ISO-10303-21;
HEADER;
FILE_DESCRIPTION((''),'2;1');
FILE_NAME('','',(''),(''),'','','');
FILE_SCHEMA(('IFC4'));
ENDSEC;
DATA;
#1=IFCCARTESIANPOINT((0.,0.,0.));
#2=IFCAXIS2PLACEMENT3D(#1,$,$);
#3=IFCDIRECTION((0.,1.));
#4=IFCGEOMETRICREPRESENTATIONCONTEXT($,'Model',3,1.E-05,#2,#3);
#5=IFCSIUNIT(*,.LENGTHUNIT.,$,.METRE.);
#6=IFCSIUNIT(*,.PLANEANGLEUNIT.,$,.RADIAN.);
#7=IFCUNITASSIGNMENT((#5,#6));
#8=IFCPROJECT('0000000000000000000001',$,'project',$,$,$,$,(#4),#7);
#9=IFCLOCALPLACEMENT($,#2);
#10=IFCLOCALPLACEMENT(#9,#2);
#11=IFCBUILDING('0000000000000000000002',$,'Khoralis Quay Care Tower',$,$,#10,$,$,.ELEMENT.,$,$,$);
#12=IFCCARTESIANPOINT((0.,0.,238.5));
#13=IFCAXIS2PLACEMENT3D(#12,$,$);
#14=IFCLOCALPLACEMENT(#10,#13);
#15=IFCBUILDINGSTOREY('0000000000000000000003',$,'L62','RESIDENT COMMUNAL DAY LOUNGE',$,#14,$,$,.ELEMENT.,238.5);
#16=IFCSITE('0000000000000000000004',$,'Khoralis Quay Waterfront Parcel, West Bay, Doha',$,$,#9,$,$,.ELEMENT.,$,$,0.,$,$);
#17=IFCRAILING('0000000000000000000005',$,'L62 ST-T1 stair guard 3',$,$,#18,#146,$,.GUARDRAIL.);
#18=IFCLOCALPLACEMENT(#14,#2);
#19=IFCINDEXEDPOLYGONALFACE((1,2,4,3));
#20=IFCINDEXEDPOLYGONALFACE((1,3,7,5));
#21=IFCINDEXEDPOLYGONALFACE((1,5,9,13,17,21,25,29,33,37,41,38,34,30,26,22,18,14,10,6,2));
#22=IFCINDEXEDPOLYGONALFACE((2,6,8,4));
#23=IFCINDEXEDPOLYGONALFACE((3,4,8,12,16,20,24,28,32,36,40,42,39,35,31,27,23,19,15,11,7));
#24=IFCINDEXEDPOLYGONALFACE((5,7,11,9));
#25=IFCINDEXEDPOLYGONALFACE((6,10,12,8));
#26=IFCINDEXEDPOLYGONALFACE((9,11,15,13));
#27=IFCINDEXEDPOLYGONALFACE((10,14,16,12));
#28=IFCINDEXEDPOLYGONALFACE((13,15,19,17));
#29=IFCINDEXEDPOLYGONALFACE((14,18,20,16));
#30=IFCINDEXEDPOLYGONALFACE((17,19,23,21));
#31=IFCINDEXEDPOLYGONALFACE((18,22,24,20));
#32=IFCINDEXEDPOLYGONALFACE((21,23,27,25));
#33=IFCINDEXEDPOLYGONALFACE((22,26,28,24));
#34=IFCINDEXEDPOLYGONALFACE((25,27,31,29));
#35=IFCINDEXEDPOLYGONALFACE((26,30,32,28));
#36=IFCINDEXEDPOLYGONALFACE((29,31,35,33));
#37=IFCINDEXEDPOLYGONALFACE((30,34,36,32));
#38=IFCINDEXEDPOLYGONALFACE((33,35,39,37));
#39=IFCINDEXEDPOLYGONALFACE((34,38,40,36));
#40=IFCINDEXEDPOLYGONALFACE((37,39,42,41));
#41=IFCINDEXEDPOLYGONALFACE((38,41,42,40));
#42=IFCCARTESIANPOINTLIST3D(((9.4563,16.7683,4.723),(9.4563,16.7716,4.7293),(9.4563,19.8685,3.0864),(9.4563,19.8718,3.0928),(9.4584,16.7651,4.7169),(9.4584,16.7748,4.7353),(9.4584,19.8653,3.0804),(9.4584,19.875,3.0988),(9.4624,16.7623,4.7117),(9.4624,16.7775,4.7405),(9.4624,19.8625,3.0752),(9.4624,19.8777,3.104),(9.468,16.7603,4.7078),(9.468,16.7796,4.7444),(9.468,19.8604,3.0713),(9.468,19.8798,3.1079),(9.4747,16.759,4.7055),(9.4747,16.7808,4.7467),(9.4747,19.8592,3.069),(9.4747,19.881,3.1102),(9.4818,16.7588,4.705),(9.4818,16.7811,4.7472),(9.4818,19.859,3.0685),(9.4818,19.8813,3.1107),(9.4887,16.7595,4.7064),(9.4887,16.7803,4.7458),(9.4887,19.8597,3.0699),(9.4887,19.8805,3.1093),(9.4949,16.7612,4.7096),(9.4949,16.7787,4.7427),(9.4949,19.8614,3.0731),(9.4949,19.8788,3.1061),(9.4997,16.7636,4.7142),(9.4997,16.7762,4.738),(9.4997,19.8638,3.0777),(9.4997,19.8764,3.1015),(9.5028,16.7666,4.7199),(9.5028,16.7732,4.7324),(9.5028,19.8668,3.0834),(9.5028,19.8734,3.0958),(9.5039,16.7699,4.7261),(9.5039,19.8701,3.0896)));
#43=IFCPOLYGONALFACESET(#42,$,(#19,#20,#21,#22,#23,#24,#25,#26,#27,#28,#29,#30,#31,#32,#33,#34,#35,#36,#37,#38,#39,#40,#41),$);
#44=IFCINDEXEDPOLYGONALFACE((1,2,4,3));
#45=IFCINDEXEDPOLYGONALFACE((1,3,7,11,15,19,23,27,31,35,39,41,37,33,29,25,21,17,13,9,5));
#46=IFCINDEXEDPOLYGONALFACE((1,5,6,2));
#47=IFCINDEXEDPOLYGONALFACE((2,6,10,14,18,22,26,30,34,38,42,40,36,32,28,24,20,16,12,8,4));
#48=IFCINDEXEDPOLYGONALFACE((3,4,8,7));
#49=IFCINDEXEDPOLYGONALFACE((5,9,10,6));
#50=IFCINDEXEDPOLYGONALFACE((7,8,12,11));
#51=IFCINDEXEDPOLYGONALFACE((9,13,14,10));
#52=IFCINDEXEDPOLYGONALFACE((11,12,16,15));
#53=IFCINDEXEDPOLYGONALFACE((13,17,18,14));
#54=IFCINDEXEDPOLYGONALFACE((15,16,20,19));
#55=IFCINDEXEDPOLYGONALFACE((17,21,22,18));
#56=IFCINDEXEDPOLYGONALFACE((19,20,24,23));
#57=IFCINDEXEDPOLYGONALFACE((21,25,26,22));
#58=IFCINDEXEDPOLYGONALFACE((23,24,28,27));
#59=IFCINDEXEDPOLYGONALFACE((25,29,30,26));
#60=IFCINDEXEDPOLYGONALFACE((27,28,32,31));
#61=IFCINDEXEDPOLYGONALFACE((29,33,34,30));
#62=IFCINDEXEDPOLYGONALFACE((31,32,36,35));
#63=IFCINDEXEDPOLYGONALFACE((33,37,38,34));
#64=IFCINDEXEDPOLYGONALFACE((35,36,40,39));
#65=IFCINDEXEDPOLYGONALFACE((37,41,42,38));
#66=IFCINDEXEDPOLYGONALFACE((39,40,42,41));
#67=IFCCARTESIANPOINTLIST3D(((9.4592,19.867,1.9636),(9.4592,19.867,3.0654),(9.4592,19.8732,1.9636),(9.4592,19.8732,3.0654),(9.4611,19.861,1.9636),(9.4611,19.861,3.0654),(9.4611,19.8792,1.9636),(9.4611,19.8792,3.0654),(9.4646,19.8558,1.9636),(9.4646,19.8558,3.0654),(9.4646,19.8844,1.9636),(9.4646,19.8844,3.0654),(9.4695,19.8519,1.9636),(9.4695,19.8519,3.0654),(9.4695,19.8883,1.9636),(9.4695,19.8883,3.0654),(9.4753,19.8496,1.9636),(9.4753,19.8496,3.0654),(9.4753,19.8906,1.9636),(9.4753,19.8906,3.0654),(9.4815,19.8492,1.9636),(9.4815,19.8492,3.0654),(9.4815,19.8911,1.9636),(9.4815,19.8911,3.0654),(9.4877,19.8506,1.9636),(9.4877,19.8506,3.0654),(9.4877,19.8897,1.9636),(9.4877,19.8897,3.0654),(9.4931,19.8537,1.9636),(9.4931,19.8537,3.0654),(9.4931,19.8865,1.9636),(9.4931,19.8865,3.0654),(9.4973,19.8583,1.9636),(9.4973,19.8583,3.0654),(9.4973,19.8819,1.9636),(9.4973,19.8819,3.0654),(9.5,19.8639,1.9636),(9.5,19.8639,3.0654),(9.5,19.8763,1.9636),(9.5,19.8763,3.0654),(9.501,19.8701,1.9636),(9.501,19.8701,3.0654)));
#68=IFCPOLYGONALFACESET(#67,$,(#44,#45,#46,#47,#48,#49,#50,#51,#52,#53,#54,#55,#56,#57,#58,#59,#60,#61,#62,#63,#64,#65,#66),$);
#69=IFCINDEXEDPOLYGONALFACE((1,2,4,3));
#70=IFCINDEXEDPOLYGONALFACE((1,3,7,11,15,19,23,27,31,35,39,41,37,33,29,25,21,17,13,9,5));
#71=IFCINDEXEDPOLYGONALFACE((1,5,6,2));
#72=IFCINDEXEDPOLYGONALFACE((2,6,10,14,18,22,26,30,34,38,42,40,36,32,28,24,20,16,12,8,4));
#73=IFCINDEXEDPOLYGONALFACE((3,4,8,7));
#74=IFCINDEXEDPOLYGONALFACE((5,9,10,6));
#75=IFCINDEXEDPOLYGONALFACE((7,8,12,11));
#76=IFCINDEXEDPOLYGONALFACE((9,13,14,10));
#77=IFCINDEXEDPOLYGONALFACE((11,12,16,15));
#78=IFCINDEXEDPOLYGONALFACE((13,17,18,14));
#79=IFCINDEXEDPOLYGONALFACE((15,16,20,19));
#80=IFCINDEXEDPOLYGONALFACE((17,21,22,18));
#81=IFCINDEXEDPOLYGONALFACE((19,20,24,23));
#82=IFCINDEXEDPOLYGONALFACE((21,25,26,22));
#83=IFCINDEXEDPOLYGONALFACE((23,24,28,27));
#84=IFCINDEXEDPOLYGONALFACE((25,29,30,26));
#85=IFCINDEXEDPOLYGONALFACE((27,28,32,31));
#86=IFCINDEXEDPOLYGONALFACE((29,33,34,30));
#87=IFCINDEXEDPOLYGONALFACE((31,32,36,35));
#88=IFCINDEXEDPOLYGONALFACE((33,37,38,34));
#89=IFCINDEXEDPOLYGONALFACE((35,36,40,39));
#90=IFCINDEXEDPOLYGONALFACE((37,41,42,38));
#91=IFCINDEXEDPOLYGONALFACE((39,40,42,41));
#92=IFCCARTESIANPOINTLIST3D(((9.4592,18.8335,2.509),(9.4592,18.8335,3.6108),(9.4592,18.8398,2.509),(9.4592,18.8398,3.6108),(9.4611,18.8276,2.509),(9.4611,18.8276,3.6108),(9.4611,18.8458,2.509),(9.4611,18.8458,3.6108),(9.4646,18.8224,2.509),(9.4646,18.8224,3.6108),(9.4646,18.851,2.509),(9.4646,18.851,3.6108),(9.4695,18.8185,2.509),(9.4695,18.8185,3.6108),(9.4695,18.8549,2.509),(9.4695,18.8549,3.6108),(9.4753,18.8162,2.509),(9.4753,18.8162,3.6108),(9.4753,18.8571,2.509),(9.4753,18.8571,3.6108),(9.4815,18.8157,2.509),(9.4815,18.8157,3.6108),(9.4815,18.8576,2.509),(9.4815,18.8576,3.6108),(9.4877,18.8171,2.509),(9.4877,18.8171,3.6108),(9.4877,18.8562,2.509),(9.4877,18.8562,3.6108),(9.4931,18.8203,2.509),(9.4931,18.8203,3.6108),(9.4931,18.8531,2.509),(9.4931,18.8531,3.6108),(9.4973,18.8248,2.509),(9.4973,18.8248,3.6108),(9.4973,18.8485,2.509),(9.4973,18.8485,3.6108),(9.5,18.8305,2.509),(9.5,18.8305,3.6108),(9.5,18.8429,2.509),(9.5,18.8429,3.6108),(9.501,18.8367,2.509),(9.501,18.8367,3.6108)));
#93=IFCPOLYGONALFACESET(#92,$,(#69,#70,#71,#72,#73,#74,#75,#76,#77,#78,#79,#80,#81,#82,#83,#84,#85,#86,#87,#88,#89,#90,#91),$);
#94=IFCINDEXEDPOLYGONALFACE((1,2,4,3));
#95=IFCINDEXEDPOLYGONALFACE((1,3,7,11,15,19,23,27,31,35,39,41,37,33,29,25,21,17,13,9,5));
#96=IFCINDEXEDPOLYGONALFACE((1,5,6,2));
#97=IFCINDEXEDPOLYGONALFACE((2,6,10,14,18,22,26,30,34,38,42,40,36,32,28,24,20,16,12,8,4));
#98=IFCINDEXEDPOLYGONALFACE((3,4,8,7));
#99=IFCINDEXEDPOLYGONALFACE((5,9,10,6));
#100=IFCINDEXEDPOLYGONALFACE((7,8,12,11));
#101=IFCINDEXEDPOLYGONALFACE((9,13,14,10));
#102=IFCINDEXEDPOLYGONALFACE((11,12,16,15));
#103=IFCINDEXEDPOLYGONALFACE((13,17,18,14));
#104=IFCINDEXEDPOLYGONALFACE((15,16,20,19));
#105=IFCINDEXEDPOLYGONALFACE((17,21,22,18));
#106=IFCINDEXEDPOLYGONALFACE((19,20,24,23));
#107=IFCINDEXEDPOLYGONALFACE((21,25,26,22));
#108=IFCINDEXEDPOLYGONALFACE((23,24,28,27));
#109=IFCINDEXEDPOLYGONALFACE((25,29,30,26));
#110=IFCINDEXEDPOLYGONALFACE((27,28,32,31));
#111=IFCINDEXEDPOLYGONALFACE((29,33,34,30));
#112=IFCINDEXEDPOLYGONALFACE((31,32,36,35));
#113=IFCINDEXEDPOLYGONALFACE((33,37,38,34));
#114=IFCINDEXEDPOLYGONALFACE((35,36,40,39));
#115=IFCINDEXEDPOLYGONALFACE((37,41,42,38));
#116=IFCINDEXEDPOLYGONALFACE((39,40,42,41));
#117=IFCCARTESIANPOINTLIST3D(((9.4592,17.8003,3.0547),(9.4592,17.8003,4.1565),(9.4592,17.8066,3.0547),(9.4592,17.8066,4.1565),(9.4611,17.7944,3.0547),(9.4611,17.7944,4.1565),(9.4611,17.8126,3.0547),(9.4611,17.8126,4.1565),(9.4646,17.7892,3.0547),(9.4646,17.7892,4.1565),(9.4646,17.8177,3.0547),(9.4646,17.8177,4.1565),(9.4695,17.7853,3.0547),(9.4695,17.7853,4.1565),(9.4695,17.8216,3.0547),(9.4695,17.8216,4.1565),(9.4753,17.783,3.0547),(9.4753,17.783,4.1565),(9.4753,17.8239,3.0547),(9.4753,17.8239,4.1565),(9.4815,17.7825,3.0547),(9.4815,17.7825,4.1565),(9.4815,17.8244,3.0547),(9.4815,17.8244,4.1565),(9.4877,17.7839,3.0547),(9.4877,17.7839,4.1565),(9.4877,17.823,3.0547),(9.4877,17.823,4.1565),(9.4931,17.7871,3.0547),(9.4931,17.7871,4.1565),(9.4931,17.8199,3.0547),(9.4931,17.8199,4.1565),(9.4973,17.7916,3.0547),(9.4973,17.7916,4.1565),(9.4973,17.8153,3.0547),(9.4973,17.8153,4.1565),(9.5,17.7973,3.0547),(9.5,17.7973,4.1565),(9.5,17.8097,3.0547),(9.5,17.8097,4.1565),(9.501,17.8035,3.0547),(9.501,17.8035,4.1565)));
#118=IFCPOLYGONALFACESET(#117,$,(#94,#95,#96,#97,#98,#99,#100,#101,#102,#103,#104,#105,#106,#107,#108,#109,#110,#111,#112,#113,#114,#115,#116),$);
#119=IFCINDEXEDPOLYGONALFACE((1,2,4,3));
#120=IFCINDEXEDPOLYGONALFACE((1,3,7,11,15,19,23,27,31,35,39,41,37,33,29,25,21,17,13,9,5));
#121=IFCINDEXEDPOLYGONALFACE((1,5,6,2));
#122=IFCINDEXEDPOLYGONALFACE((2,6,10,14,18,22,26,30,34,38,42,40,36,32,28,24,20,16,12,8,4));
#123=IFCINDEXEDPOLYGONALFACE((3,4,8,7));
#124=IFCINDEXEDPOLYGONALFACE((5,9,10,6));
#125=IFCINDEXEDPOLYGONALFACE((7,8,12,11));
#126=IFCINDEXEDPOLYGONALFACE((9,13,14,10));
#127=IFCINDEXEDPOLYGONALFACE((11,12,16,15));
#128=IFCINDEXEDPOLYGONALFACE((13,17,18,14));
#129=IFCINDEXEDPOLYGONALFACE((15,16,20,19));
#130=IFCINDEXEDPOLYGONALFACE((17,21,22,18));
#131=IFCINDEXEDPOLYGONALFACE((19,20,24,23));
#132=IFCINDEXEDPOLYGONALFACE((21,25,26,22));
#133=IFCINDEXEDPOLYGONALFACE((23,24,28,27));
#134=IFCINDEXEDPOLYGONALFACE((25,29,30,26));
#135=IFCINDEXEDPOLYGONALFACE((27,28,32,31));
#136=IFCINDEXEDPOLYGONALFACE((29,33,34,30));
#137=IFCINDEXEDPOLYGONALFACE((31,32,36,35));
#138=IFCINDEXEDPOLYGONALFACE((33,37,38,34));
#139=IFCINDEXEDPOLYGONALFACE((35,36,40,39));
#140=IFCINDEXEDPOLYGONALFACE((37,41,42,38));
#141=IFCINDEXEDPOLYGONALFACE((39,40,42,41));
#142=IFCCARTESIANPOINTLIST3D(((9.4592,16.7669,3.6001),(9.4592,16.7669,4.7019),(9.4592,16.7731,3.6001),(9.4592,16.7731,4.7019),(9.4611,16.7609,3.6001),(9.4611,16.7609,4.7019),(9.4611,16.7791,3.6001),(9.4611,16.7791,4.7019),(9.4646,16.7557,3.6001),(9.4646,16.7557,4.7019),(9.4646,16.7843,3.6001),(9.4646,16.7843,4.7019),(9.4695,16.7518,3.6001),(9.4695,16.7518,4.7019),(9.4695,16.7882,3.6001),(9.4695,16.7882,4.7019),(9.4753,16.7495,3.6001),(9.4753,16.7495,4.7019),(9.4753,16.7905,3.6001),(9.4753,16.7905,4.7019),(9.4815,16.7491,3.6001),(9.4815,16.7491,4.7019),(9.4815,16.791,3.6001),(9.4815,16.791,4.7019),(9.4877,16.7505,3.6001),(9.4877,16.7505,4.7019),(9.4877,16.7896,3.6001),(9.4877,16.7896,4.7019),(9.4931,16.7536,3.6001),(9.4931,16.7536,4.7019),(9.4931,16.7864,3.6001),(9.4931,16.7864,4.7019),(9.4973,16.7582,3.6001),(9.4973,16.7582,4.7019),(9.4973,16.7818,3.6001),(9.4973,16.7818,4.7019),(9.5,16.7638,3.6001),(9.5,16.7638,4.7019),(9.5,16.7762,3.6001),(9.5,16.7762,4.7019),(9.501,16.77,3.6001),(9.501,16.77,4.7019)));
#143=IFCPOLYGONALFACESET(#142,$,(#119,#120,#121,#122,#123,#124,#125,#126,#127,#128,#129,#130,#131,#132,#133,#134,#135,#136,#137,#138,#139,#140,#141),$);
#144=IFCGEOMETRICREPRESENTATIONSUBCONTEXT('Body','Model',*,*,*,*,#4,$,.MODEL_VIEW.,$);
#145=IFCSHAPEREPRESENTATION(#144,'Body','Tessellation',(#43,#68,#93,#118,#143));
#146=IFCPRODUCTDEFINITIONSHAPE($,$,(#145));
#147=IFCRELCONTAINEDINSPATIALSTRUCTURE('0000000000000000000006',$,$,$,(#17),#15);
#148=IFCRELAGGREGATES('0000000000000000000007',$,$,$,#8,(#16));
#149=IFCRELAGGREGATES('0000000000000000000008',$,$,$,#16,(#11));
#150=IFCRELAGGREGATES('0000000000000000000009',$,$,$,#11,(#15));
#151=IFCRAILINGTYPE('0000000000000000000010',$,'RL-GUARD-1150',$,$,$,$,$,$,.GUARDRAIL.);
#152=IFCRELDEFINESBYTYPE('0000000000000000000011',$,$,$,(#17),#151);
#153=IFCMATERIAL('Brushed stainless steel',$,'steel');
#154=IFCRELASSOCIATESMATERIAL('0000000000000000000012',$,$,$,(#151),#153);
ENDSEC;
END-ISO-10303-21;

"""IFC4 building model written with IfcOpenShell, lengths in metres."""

from ifc_helpers import new_model, si_unit, direction, frame, origin, origin_2d, place, context, subcontext, project, spatial, circle, extrude, material, type_object, element, save


model = new_model("IFC4")

# Units and contexts
model_context = context("Model", 3, precision=1e-05, world=origin(), true_north=direction((0.0, 1.0)))
body_context = subcontext(model_context, "Body", "Model", "MODEL_VIEW")
ifc_project = project(units=[si_unit("LENGTHUNIT", "METRE"), si_unit("PLANEANGLEUNIT", "RADIAN")], contexts=[model_context])

# Site, building, storey
site_placement = place(None, origin())
site = spatial("IfcSite", under=ifc_project, at=site_placement, Name="Khoralis Quay Waterfront Parcel, West Bay, Doha", CompositionType="ELEMENT", RefElevation=0.0)
building_placement = place(site_placement, origin())
building = spatial("IfcBuilding", under=site, at=building_placement, Name="Khoralis Quay Care Tower", CompositionType="ELEMENT")
storey_placement = place(building_placement, frame((0.0, 0.0, 238.5)))
storey = spatial("IfcBuildingStorey", under=building, at=storey_placement, Name="L62", Description="RESIDENT COMMUNAL DAY LOUNGE", CompositionType="ELEMENT", Elevation=238.5)

# Railing
ifc_material_1 = material(Name="Brushed stainless steel", Category="steel")
railing_type_1 = type_object("IfcRailingType", Name="RL-GUARD-1150", PredefinedType="GUARDRAIL", material=ifc_material_1)
railing_1_placement = place(storey_placement, frame((9.48, 19.8701, 1.9636)))
element("IfcRailing", 1, at=railing_1_placement, inside=storey, type_object=railing_type_1, Name="L62 ST-T1 stair guard 3", PredefinedType="GUARDRAIL", context=body_context, shape_type="SweptSolid", body=[
    extrude(circle(Radius=0.0239, at=origin_2d()), frame((0.0, 0.0, 1.126), z_axis=(0.0, -0.884348, 0.466828), x_axis=(1.0, 0.0, 0.0)), (0.0, 0.0, 1.0), 3.5056),
    extrude(circle(Radius=0.021, at=origin_2d()), origin(), (0.0, 0.0, 1.0), 1.1018),
    extrude(circle(Radius=0.021, at=origin_2d()), frame((0.0, -1.0334, 0.5454)), (0.0, 0.0, 1.0), 1.1018),
    extrude(circle(Radius=0.021, at=origin_2d()), frame((0.0, -2.0667, 1.0911)), (0.0, 0.0, 1.0), 1.1018),
    extrude(circle(Radius=0.021, at=origin_2d()), frame((0.0, -3.1001, 1.6365)), (0.0, 0.0, 1.0), 1.1018),
])

save(model, "model.ifc")
